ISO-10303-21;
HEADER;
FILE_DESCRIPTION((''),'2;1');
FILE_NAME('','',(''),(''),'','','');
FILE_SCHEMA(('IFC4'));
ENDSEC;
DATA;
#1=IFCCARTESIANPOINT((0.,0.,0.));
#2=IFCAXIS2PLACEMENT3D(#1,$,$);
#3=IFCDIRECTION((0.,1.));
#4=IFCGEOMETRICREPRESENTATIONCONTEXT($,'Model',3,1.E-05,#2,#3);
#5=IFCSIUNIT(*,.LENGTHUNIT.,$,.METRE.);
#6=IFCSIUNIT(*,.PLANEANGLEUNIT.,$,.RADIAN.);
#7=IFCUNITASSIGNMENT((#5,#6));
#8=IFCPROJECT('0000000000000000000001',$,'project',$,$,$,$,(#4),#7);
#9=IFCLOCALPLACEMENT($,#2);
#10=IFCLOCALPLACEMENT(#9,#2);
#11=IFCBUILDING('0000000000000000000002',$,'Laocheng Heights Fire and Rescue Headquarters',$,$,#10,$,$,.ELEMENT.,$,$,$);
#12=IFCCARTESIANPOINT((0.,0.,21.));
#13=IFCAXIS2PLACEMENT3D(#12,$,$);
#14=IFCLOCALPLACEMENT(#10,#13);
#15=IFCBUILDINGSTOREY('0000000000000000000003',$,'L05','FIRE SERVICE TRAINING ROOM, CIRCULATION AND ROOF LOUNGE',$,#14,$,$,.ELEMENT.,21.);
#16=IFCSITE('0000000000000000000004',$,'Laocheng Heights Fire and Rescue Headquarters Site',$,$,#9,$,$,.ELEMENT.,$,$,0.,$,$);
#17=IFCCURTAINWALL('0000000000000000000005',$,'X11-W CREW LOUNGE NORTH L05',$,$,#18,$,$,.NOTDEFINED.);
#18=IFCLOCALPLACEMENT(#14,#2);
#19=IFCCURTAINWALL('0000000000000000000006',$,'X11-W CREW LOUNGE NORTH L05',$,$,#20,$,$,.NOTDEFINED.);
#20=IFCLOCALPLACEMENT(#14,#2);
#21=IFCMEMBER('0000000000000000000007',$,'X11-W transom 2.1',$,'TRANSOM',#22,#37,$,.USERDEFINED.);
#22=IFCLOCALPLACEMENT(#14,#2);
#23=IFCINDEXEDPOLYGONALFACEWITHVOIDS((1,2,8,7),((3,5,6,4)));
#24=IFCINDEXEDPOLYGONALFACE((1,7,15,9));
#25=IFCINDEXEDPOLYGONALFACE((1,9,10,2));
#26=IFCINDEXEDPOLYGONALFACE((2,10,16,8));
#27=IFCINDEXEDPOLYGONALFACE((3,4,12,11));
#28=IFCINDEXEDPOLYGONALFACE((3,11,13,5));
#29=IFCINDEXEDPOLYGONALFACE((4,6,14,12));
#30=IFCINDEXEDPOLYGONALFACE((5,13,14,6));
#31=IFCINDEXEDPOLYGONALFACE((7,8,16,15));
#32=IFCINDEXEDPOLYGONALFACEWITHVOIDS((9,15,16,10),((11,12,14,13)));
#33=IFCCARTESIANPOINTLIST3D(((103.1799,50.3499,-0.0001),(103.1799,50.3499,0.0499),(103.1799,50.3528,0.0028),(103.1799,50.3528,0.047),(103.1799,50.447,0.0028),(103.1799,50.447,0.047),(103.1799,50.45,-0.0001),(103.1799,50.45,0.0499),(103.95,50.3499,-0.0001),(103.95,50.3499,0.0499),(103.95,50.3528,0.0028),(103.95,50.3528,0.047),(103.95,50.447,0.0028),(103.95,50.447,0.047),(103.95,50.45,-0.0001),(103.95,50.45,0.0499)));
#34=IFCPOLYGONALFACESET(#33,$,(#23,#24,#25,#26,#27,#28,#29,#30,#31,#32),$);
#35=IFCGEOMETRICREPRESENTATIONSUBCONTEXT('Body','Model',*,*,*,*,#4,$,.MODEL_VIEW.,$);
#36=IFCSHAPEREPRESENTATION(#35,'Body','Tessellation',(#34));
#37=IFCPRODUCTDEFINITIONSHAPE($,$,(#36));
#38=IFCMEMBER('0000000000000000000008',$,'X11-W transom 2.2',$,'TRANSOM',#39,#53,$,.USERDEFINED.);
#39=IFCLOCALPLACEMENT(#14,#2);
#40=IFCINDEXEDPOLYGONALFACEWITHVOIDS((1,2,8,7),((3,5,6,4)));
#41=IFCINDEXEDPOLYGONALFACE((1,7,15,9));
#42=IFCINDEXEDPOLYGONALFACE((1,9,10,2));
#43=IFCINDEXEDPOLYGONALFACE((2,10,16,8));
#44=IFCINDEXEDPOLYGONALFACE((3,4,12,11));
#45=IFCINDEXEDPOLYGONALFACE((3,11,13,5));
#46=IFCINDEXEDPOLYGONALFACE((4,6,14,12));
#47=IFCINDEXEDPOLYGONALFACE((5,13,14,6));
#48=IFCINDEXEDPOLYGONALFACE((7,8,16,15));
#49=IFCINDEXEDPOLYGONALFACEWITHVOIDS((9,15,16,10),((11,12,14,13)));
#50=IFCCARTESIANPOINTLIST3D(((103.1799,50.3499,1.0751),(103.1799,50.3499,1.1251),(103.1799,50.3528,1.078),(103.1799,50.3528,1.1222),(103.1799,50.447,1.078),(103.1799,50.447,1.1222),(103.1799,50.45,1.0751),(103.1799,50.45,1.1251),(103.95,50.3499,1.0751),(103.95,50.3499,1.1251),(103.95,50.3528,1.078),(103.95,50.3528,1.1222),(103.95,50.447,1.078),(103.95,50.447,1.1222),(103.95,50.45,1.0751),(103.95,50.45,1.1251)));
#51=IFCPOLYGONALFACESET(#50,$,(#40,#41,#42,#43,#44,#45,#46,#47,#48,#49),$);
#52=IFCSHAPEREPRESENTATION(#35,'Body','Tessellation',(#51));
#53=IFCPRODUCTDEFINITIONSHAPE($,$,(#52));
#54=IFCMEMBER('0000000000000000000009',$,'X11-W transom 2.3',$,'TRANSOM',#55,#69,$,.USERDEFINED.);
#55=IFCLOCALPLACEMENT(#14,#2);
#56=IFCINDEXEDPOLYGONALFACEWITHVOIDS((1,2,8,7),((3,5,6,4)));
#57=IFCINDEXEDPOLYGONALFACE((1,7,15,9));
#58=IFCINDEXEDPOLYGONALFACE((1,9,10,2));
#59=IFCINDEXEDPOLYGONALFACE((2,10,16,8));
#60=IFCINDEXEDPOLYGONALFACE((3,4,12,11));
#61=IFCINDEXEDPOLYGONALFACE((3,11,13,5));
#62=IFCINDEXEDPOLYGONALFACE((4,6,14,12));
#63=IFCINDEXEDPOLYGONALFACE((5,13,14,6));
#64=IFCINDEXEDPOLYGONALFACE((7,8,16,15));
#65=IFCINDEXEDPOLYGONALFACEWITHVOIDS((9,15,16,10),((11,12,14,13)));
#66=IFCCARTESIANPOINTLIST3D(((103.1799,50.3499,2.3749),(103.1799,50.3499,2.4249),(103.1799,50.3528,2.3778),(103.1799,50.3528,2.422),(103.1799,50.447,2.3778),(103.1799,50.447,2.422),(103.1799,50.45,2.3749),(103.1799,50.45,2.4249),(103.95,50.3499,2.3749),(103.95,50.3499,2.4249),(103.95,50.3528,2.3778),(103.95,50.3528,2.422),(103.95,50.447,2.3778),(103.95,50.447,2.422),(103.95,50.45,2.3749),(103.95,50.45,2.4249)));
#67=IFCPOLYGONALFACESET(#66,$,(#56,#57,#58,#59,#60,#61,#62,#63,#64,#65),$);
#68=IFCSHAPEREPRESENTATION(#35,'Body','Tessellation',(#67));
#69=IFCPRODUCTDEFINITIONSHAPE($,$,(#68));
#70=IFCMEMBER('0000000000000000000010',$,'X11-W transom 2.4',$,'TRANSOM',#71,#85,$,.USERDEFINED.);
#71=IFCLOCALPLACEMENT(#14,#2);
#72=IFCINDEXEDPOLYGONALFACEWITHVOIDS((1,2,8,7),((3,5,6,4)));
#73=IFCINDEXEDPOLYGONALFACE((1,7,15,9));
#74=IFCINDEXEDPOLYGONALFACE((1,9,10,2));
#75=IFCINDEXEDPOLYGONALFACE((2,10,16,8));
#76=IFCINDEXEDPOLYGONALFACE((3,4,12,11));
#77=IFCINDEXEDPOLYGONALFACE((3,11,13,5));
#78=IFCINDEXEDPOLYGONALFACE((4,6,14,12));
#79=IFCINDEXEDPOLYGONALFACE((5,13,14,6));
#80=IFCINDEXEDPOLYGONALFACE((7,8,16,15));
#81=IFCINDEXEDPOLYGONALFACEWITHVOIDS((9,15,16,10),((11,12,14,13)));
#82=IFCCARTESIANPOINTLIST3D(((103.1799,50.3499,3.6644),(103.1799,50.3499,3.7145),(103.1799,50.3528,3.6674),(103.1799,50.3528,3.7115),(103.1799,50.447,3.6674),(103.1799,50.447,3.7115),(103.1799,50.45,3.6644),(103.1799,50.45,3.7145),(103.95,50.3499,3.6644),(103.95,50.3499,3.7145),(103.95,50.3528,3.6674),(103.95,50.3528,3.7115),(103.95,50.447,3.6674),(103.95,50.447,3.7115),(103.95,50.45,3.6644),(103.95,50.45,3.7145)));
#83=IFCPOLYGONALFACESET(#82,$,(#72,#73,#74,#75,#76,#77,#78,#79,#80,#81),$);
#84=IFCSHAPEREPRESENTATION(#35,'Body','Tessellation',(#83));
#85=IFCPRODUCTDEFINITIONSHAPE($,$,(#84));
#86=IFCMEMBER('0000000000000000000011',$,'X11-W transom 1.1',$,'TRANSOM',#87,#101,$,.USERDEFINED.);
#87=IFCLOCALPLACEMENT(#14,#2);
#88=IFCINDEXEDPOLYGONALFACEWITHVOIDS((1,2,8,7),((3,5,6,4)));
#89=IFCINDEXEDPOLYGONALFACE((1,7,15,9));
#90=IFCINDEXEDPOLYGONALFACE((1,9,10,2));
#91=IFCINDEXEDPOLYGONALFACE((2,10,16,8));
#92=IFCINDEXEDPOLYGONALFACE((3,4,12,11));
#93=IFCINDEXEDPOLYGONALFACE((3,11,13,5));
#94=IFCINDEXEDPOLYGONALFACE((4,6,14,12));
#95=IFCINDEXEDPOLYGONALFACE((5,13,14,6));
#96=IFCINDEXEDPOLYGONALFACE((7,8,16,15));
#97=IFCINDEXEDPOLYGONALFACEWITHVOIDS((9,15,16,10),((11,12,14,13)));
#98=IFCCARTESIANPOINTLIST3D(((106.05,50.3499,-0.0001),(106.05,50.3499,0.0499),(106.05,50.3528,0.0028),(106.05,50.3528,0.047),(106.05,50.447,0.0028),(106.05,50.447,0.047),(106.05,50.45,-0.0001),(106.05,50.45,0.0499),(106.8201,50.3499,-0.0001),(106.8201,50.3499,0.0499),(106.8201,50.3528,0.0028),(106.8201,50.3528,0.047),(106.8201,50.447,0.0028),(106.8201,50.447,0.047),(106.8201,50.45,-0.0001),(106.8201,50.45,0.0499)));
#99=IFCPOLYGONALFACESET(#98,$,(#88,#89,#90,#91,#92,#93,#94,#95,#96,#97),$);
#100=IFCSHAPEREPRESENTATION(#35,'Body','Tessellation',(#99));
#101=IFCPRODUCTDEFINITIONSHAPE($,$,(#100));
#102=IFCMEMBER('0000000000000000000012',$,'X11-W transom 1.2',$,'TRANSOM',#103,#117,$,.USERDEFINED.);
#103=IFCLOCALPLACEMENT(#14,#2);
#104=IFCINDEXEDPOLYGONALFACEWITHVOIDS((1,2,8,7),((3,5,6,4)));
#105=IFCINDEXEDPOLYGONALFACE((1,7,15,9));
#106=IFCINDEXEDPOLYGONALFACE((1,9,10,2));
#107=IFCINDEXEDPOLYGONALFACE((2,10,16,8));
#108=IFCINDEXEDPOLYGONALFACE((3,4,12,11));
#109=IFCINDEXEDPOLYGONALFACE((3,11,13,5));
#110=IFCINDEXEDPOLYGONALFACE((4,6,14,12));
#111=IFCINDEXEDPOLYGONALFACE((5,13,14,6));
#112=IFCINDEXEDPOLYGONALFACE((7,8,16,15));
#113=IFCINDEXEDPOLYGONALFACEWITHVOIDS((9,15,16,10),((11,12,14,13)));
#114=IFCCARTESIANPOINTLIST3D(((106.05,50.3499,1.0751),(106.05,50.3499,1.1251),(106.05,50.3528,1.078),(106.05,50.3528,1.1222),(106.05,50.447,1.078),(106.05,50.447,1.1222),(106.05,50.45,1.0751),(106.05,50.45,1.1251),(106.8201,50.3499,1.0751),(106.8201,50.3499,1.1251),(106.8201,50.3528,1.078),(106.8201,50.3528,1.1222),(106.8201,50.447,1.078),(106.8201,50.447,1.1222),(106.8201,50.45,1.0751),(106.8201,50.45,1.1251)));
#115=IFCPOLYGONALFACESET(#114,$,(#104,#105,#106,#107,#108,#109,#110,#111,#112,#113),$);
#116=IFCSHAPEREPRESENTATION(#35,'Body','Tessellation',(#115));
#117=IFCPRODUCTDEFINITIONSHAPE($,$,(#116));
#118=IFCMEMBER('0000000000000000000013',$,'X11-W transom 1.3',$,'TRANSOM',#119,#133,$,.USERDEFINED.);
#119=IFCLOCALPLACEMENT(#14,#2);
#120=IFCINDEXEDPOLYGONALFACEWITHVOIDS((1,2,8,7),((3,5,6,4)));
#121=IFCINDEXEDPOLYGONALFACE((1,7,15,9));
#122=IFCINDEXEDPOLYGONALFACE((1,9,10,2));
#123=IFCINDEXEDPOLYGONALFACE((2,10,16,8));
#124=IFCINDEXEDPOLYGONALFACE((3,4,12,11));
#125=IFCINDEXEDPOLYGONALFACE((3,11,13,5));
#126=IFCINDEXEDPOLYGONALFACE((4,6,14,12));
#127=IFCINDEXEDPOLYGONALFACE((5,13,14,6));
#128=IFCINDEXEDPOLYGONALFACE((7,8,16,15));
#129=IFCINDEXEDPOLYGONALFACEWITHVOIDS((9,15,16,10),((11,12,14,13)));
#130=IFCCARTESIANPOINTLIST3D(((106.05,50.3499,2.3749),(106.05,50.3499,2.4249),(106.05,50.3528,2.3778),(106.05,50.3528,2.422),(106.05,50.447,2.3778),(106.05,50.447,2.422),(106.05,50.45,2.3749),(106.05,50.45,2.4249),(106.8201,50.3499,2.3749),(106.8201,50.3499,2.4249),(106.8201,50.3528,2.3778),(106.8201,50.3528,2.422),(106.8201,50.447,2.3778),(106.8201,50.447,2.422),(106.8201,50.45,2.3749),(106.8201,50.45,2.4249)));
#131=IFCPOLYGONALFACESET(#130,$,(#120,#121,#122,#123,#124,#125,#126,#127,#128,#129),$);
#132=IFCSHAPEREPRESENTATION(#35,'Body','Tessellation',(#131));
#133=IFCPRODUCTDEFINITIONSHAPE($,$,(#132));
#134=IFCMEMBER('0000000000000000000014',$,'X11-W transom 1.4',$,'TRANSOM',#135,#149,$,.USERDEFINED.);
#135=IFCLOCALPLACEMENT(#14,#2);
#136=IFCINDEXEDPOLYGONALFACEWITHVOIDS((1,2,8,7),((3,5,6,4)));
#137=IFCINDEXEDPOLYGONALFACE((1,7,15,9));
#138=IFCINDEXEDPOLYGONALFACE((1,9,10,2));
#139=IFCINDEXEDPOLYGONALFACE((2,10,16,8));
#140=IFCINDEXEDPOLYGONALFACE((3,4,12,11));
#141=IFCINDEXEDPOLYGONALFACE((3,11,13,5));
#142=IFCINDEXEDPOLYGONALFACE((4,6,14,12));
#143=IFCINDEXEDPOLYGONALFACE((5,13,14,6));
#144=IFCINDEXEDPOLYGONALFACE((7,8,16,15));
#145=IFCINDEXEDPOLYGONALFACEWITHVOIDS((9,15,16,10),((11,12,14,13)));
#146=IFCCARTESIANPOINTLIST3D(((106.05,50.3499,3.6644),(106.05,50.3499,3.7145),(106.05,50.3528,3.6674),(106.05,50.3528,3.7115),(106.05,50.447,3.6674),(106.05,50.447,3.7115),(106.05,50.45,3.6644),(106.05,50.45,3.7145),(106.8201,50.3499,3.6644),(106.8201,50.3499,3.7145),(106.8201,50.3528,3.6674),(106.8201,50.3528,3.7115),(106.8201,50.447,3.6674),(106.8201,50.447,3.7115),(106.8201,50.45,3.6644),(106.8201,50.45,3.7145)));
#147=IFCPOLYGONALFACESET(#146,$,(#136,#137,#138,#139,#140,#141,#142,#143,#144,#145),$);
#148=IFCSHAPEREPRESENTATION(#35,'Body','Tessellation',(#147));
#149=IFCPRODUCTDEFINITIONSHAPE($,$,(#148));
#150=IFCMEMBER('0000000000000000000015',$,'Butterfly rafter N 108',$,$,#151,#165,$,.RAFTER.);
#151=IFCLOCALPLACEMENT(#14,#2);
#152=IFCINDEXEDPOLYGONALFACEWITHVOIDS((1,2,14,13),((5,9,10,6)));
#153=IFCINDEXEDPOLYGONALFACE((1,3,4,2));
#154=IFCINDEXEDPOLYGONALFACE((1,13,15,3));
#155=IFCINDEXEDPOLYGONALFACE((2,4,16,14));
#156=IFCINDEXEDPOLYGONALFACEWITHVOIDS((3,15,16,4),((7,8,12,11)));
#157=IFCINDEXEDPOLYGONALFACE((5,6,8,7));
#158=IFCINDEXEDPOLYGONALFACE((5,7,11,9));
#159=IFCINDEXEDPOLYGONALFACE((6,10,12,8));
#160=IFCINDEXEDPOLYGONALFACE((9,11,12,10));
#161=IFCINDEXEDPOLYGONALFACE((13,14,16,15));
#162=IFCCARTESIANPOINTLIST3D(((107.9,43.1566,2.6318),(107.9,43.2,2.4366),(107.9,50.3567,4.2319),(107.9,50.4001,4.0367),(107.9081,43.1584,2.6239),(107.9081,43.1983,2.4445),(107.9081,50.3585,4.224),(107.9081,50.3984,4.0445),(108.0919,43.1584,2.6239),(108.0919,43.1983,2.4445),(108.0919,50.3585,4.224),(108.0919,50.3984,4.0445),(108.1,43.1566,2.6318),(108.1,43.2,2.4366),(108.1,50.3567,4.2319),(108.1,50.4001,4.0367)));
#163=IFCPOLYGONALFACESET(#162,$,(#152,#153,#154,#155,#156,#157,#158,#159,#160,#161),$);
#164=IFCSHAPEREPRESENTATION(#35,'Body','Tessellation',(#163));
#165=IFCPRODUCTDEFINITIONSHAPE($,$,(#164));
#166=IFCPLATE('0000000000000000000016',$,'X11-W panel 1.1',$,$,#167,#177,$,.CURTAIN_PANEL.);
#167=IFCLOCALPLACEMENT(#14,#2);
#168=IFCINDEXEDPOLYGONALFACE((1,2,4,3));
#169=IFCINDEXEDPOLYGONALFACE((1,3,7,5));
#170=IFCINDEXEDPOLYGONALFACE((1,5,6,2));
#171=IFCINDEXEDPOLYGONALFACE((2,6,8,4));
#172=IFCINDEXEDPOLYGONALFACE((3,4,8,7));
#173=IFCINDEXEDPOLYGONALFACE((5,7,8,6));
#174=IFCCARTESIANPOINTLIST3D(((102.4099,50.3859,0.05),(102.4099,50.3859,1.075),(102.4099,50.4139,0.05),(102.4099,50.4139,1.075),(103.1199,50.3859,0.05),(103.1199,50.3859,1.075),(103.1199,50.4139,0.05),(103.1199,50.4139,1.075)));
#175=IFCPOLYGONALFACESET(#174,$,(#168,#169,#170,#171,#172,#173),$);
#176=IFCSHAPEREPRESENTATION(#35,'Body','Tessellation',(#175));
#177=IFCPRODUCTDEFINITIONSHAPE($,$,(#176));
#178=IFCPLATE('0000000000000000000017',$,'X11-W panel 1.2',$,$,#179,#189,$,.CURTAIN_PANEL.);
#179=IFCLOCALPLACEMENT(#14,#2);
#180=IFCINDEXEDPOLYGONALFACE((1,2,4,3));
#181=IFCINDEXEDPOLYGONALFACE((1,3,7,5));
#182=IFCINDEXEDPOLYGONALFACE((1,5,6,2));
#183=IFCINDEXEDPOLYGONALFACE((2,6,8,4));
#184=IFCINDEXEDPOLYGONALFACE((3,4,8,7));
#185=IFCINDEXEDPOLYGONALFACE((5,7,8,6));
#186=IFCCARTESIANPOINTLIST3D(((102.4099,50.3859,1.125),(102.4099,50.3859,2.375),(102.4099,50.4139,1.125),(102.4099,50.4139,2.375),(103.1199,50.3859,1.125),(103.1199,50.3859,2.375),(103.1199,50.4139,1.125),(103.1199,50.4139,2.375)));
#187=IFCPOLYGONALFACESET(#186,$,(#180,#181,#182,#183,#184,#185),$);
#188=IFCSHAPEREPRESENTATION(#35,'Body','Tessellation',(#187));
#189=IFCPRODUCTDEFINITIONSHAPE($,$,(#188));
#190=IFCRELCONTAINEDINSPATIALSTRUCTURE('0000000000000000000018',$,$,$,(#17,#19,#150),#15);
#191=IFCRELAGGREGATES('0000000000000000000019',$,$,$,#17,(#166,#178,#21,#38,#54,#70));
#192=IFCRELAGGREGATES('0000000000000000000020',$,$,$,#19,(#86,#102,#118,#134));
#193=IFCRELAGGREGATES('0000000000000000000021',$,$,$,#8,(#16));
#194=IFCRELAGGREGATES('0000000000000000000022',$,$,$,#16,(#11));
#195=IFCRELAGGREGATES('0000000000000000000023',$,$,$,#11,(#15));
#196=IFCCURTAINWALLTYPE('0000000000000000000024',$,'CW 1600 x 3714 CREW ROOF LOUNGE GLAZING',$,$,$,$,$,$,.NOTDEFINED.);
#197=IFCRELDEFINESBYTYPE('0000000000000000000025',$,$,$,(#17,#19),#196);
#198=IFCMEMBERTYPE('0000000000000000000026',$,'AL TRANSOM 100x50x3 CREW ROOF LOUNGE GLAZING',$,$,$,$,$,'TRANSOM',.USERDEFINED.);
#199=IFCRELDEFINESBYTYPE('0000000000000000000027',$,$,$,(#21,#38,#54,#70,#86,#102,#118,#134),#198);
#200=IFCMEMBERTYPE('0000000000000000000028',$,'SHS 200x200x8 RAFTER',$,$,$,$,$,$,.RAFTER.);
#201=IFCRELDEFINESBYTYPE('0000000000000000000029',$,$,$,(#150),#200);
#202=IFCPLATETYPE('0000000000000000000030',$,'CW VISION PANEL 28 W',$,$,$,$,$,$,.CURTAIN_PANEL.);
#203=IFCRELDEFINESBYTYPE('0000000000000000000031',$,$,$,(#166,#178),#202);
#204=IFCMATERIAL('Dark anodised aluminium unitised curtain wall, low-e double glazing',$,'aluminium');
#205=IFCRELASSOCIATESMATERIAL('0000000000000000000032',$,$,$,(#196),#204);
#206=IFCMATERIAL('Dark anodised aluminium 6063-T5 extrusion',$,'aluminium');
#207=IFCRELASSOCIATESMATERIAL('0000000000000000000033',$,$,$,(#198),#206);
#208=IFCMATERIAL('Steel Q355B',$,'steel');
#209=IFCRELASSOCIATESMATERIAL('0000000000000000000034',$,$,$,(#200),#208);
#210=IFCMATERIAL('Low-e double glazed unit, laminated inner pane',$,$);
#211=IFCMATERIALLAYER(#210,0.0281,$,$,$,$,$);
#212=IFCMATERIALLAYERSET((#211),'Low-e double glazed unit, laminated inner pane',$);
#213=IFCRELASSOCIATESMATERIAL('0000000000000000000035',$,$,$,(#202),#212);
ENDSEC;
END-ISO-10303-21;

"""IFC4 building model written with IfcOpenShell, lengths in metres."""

from ifc_helpers import new_model, si_unit, direction, frame, origin, origin_2d, place, context, subcontext, project, spatial, rectangle, hollow_rectangle, extrude, material, layer, layer_set, material_profile, profile_set, type_object, element, aggregate, save


model = new_model("IFC4")

# Units and contexts
model_context = context("Model", 3, precision=1e-05, world=origin(), true_north=direction((0.0, 1.0)))
body_context = subcontext(model_context, "Body", "Model", "MODEL_VIEW")
ifc_project = project(units=[si_unit("LENGTHUNIT", "METRE"), si_unit("PLANEANGLEUNIT", "RADIAN")], contexts=[model_context])

# Site, building, storey
site_placement = place(None, origin())
site = spatial("IfcSite", under=ifc_project, at=site_placement, Name="Laocheng Heights Fire and Rescue Headquarters Site", CompositionType="ELEMENT", RefElevation=0.0)
building_placement = place(site_placement, origin())
building = spatial("IfcBuilding", under=site, at=building_placement, Name="Laocheng Heights Fire and Rescue Headquarters", CompositionType="ELEMENT")
storey_placement = place(building_placement, frame((0.0, 0.0, 21.0)))
storey = spatial("IfcBuildingStorey", under=building, at=storey_placement, Name="L05", Description="FIRE SERVICE TRAINING ROOM, CIRCULATION AND ROOF LOUNGE", CompositionType="ELEMENT", Elevation=21.0)

# Curtain wall
ifc_material_1 = material(Name="Dark anodised aluminium unitised curtain wall, low-e double glazing", Category="aluminium")
curtain_wall_type_1 = type_object("IfcCurtainWallType", Name="CW 1600 x 3714 CREW ROOF LOUNGE GLAZING", PredefinedType="NOTDEFINED", material=ifc_material_1)
curtain_wall_1_placement = place(storey_placement, origin())
curtain_wall_1 = element("IfcCurtainWall", 1, at=curtain_wall_1_placement, inside=storey, type_object=curtain_wall_type_1, Name="X11-W CREW LOUNGE NORTH L05", PredefinedType="NOTDEFINED")

# Curtain wall
curtain_wall_2_placement = place(storey_placement, origin())
curtain_wall_2 = element("IfcCurtainWall", 2, at=curtain_wall_2_placement, inside=storey, type_object=curtain_wall_type_1, Name="X11-W CREW LOUNGE NORTH L05", PredefinedType="NOTDEFINED")

# Members
ifc_material_2 = material(Name="Dark anodised aluminium 6063-T5 extrusion", Category="aluminium")
ifc_material_profile_1 = material_profile(ifc_material_2, hollow_rectangle(XDim=0.1001, YDim=0.05, WallThickness=0.0029, at=origin_2d()), Name="AL TRANSOM 100x50x3 CREW ROOF LOUNGE GLAZING")
ifc_profile_set_1 = profile_set([ifc_material_profile_1], Name="Dark anodised aluminium 6063-T5 extrusion")
member_type_1 = type_object("IfcMemberType", Name="AL TRANSOM 100x50x3 CREW ROOF LOUNGE GLAZING", ElementType="TRANSOM", PredefinedType="USERDEFINED", material=ifc_profile_set_1)
member_1_placement = place(storey_placement, frame((103.1799, 50.3999, 0.0249), z_axis=(1.0, 0.0, 0.0), x_axis=(0.0, 1.0, 0.0)))
member_1 = element("IfcMember", 3, at=member_1_placement, type_object=member_type_1, Name="X11-W transom 2.1", ObjectType="TRANSOM", PredefinedType="USERDEFINED", context=body_context, shape_type="SweptSolid", body=[
    extrude(hollow_rectangle(XDim=0.1001, YDim=0.05, WallThickness=0.0029, at=origin_2d()), origin(), (0.0, 0.0, 1.0), 0.77),
])
member_2_placement = place(storey_placement, frame((103.1799, 50.3999, 1.1001), z_axis=(1.0, 0.0, 0.0), x_axis=(0.0, 1.0, 0.0)))
member_2 = element("IfcMember", 4, at=member_2_placement, type_object=member_type_1, Name="X11-W transom 2.2", ObjectType="TRANSOM", PredefinedType="USERDEFINED", context=body_context, shape_type="SweptSolid", body=[
    extrude(hollow_rectangle(XDim=0.1001, YDim=0.05, WallThickness=0.0029, at=origin_2d()), origin(), (0.0, 0.0, 1.0), 0.77),
])
member_3_placement = place(storey_placement, frame((103.1799, 50.3999, 2.3999), z_axis=(1.0, 0.0, 0.0), x_axis=(0.0, 1.0, 0.0)))
member_3 = element("IfcMember", 5, at=member_3_placement, type_object=member_type_1, Name="X11-W transom 2.3", ObjectType="TRANSOM", PredefinedType="USERDEFINED", context=body_context, shape_type="SweptSolid", body=[
    extrude(hollow_rectangle(XDim=0.1001, YDim=0.05, WallThickness=0.0029, at=origin_2d()), origin(), (0.0, 0.0, 1.0), 0.77),
])
member_4_placement = place(storey_placement, frame((103.1799, 50.3999, 3.6895), z_axis=(1.0, 0.0, 0.0), x_axis=(0.0, 1.0, 0.0)))
member_4 = element("IfcMember", 6, at=member_4_placement, type_object=member_type_1, Name="X11-W transom 2.4", ObjectType="TRANSOM", PredefinedType="USERDEFINED", context=body_context, shape_type="SweptSolid", body=[
    extrude(hollow_rectangle(XDim=0.1001, YDim=0.05, WallThickness=0.0029, at=origin_2d()), origin(), (0.0, 0.0, 1.0), 0.77),
])
member_5_placement = place(storey_placement, frame((106.05, 50.3999, 0.0249), z_axis=(1.0, 0.0, 0.0), x_axis=(0.0, 1.0, 0.0)))
member_5 = element("IfcMember", 7, at=member_5_placement, type_object=member_type_1, Name="X11-W transom 1.1", ObjectType="TRANSOM", PredefinedType="USERDEFINED", context=body_context, shape_type="SweptSolid", body=[
    extrude(hollow_rectangle(XDim=0.1001, YDim=0.05, WallThickness=0.0029, at=origin_2d()), origin(), (0.0, 0.0, 1.0), 0.77),
])
member_6_placement = place(storey_placement, frame((106.05, 50.3999, 1.1001), z_axis=(1.0, 0.0, 0.0), x_axis=(0.0, 1.0, 0.0)))
member_6 = element("IfcMember", 8, at=member_6_placement, type_object=member_type_1, Name="X11-W transom 1.2", ObjectType="TRANSOM", PredefinedType="USERDEFINED", context=body_context, shape_type="SweptSolid", body=[
    extrude(hollow_rectangle(XDim=0.1001, YDim=0.05, WallThickness=0.0029, at=origin_2d()), origin(), (0.0, 0.0, 1.0), 0.77),
])
member_7_placement = place(storey_placement, frame((106.05, 50.3999, 2.3999), z_axis=(1.0, 0.0, 0.0), x_axis=(0.0, 1.0, 0.0)))
member_7 = element("IfcMember", 9, at=member_7_placement, type_object=member_type_1, Name="X11-W transom 1.3", ObjectType="TRANSOM", PredefinedType="USERDEFINED", context=body_context, shape_type="SweptSolid", body=[
    extrude(hollow_rectangle(XDim=0.1001, YDim=0.05, WallThickness=0.0029, at=origin_2d()), origin(), (0.0, 0.0, 1.0), 0.77),
])
member_8_placement = place(storey_placement, frame((106.05, 50.3999, 3.6895), z_axis=(1.0, 0.0, 0.0), x_axis=(0.0, 1.0, 0.0)))
member_8 = element("IfcMember", 10, at=member_8_placement, type_object=member_type_1, Name="X11-W transom 1.4", ObjectType="TRANSOM", PredefinedType="USERDEFINED", context=body_context, shape_type="SweptSolid", body=[
    extrude(hollow_rectangle(XDim=0.1001, YDim=0.05, WallThickness=0.0029, at=origin_2d()), origin(), (0.0, 0.0, 1.0), 0.77),
])
ifc_material_3 = material(Name="Steel Q355B", Category="steel")
ifc_material_profile_2 = material_profile(ifc_material_3, hollow_rectangle(XDim=0.2, YDim=0.2, WallThickness=0.0081, at=origin_2d()), Name="SHS 200x200x8")
ifc_profile_set_2 = profile_set([ifc_material_profile_2], Name="Steel Q355B")
member_type_2 = type_object("IfcMemberType", Name="SHS 200x200x8 RAFTER", PredefinedType="RAFTER", material=ifc_profile_set_2)
member_9_placement = place(storey_placement, frame((108.0, 50.3784, 4.1343), z_axis=(0.0, -0.976186, -0.216937), x_axis=(1.0, 0.0, 0.0)))
element("IfcMember", 11, at=member_9_placement, inside=storey, type_object=member_type_2, Name="Butterfly rafter N 108", PredefinedType="RAFTER", context=body_context, shape_type="SweptSolid", body=[
    extrude(hollow_rectangle(XDim=0.2, YDim=0.2, WallThickness=0.0081, at=origin_2d()), origin(), (0.0, 0.0, 1.0), 7.3757),
])

# Plates
ifc_material_4 = material(Name="Low-e double glazed unit, laminated inner pane")
ifc_layer_1 = layer(ifc_material_4, 0.0281)
ifc_layer_set_1 = layer_set([ifc_layer_1], Name="Low-e double glazed unit, laminated inner pane")
plate_type = type_object("IfcPlateType", Name="CW VISION PANEL 28 W", PredefinedType="CURTAIN_PANEL", material=ifc_layer_set_1)
plate_1_placement = place(storey_placement, frame((102.7649, 50.3999, 0.05), z_axis=(0.0, 0.0, 1.0), x_axis=(1.0, 0.0, 0.0)))
plate_1 = element("IfcPlate", 12, at=plate_1_placement, type_object=plate_type, Name="X11-W panel 1.1", PredefinedType="CURTAIN_PANEL", context=body_context, shape_type="SweptSolid", body=[
    extrude(rectangle(XDim=0.71, YDim=0.0281, at=origin_2d()), origin(), (0.0, 0.0, 1.0), 1.0249),
])
plate_2_placement = place(storey_placement, frame((102.7649, 50.3999, 1.125), z_axis=(0.0, 0.0, 1.0), x_axis=(1.0, 0.0, 0.0)))
plate_2 = element("IfcPlate", 13, at=plate_2_placement, type_object=plate_type, Name="X11-W panel 1.2", PredefinedType="CURTAIN_PANEL", context=body_context, shape_type="SweptSolid", body=[
    extrude(rectangle(XDim=0.71, YDim=0.0281, at=origin_2d()), origin(), (0.0, 0.0, 1.0), 1.25),
])
aggregate(curtain_wall_1, [plate_1, plate_2, member_1, member_2, member_3, member_4])
aggregate(curtain_wall_2, [member_5, member_6, member_7, member_8])

save(model, "model.ifc")
